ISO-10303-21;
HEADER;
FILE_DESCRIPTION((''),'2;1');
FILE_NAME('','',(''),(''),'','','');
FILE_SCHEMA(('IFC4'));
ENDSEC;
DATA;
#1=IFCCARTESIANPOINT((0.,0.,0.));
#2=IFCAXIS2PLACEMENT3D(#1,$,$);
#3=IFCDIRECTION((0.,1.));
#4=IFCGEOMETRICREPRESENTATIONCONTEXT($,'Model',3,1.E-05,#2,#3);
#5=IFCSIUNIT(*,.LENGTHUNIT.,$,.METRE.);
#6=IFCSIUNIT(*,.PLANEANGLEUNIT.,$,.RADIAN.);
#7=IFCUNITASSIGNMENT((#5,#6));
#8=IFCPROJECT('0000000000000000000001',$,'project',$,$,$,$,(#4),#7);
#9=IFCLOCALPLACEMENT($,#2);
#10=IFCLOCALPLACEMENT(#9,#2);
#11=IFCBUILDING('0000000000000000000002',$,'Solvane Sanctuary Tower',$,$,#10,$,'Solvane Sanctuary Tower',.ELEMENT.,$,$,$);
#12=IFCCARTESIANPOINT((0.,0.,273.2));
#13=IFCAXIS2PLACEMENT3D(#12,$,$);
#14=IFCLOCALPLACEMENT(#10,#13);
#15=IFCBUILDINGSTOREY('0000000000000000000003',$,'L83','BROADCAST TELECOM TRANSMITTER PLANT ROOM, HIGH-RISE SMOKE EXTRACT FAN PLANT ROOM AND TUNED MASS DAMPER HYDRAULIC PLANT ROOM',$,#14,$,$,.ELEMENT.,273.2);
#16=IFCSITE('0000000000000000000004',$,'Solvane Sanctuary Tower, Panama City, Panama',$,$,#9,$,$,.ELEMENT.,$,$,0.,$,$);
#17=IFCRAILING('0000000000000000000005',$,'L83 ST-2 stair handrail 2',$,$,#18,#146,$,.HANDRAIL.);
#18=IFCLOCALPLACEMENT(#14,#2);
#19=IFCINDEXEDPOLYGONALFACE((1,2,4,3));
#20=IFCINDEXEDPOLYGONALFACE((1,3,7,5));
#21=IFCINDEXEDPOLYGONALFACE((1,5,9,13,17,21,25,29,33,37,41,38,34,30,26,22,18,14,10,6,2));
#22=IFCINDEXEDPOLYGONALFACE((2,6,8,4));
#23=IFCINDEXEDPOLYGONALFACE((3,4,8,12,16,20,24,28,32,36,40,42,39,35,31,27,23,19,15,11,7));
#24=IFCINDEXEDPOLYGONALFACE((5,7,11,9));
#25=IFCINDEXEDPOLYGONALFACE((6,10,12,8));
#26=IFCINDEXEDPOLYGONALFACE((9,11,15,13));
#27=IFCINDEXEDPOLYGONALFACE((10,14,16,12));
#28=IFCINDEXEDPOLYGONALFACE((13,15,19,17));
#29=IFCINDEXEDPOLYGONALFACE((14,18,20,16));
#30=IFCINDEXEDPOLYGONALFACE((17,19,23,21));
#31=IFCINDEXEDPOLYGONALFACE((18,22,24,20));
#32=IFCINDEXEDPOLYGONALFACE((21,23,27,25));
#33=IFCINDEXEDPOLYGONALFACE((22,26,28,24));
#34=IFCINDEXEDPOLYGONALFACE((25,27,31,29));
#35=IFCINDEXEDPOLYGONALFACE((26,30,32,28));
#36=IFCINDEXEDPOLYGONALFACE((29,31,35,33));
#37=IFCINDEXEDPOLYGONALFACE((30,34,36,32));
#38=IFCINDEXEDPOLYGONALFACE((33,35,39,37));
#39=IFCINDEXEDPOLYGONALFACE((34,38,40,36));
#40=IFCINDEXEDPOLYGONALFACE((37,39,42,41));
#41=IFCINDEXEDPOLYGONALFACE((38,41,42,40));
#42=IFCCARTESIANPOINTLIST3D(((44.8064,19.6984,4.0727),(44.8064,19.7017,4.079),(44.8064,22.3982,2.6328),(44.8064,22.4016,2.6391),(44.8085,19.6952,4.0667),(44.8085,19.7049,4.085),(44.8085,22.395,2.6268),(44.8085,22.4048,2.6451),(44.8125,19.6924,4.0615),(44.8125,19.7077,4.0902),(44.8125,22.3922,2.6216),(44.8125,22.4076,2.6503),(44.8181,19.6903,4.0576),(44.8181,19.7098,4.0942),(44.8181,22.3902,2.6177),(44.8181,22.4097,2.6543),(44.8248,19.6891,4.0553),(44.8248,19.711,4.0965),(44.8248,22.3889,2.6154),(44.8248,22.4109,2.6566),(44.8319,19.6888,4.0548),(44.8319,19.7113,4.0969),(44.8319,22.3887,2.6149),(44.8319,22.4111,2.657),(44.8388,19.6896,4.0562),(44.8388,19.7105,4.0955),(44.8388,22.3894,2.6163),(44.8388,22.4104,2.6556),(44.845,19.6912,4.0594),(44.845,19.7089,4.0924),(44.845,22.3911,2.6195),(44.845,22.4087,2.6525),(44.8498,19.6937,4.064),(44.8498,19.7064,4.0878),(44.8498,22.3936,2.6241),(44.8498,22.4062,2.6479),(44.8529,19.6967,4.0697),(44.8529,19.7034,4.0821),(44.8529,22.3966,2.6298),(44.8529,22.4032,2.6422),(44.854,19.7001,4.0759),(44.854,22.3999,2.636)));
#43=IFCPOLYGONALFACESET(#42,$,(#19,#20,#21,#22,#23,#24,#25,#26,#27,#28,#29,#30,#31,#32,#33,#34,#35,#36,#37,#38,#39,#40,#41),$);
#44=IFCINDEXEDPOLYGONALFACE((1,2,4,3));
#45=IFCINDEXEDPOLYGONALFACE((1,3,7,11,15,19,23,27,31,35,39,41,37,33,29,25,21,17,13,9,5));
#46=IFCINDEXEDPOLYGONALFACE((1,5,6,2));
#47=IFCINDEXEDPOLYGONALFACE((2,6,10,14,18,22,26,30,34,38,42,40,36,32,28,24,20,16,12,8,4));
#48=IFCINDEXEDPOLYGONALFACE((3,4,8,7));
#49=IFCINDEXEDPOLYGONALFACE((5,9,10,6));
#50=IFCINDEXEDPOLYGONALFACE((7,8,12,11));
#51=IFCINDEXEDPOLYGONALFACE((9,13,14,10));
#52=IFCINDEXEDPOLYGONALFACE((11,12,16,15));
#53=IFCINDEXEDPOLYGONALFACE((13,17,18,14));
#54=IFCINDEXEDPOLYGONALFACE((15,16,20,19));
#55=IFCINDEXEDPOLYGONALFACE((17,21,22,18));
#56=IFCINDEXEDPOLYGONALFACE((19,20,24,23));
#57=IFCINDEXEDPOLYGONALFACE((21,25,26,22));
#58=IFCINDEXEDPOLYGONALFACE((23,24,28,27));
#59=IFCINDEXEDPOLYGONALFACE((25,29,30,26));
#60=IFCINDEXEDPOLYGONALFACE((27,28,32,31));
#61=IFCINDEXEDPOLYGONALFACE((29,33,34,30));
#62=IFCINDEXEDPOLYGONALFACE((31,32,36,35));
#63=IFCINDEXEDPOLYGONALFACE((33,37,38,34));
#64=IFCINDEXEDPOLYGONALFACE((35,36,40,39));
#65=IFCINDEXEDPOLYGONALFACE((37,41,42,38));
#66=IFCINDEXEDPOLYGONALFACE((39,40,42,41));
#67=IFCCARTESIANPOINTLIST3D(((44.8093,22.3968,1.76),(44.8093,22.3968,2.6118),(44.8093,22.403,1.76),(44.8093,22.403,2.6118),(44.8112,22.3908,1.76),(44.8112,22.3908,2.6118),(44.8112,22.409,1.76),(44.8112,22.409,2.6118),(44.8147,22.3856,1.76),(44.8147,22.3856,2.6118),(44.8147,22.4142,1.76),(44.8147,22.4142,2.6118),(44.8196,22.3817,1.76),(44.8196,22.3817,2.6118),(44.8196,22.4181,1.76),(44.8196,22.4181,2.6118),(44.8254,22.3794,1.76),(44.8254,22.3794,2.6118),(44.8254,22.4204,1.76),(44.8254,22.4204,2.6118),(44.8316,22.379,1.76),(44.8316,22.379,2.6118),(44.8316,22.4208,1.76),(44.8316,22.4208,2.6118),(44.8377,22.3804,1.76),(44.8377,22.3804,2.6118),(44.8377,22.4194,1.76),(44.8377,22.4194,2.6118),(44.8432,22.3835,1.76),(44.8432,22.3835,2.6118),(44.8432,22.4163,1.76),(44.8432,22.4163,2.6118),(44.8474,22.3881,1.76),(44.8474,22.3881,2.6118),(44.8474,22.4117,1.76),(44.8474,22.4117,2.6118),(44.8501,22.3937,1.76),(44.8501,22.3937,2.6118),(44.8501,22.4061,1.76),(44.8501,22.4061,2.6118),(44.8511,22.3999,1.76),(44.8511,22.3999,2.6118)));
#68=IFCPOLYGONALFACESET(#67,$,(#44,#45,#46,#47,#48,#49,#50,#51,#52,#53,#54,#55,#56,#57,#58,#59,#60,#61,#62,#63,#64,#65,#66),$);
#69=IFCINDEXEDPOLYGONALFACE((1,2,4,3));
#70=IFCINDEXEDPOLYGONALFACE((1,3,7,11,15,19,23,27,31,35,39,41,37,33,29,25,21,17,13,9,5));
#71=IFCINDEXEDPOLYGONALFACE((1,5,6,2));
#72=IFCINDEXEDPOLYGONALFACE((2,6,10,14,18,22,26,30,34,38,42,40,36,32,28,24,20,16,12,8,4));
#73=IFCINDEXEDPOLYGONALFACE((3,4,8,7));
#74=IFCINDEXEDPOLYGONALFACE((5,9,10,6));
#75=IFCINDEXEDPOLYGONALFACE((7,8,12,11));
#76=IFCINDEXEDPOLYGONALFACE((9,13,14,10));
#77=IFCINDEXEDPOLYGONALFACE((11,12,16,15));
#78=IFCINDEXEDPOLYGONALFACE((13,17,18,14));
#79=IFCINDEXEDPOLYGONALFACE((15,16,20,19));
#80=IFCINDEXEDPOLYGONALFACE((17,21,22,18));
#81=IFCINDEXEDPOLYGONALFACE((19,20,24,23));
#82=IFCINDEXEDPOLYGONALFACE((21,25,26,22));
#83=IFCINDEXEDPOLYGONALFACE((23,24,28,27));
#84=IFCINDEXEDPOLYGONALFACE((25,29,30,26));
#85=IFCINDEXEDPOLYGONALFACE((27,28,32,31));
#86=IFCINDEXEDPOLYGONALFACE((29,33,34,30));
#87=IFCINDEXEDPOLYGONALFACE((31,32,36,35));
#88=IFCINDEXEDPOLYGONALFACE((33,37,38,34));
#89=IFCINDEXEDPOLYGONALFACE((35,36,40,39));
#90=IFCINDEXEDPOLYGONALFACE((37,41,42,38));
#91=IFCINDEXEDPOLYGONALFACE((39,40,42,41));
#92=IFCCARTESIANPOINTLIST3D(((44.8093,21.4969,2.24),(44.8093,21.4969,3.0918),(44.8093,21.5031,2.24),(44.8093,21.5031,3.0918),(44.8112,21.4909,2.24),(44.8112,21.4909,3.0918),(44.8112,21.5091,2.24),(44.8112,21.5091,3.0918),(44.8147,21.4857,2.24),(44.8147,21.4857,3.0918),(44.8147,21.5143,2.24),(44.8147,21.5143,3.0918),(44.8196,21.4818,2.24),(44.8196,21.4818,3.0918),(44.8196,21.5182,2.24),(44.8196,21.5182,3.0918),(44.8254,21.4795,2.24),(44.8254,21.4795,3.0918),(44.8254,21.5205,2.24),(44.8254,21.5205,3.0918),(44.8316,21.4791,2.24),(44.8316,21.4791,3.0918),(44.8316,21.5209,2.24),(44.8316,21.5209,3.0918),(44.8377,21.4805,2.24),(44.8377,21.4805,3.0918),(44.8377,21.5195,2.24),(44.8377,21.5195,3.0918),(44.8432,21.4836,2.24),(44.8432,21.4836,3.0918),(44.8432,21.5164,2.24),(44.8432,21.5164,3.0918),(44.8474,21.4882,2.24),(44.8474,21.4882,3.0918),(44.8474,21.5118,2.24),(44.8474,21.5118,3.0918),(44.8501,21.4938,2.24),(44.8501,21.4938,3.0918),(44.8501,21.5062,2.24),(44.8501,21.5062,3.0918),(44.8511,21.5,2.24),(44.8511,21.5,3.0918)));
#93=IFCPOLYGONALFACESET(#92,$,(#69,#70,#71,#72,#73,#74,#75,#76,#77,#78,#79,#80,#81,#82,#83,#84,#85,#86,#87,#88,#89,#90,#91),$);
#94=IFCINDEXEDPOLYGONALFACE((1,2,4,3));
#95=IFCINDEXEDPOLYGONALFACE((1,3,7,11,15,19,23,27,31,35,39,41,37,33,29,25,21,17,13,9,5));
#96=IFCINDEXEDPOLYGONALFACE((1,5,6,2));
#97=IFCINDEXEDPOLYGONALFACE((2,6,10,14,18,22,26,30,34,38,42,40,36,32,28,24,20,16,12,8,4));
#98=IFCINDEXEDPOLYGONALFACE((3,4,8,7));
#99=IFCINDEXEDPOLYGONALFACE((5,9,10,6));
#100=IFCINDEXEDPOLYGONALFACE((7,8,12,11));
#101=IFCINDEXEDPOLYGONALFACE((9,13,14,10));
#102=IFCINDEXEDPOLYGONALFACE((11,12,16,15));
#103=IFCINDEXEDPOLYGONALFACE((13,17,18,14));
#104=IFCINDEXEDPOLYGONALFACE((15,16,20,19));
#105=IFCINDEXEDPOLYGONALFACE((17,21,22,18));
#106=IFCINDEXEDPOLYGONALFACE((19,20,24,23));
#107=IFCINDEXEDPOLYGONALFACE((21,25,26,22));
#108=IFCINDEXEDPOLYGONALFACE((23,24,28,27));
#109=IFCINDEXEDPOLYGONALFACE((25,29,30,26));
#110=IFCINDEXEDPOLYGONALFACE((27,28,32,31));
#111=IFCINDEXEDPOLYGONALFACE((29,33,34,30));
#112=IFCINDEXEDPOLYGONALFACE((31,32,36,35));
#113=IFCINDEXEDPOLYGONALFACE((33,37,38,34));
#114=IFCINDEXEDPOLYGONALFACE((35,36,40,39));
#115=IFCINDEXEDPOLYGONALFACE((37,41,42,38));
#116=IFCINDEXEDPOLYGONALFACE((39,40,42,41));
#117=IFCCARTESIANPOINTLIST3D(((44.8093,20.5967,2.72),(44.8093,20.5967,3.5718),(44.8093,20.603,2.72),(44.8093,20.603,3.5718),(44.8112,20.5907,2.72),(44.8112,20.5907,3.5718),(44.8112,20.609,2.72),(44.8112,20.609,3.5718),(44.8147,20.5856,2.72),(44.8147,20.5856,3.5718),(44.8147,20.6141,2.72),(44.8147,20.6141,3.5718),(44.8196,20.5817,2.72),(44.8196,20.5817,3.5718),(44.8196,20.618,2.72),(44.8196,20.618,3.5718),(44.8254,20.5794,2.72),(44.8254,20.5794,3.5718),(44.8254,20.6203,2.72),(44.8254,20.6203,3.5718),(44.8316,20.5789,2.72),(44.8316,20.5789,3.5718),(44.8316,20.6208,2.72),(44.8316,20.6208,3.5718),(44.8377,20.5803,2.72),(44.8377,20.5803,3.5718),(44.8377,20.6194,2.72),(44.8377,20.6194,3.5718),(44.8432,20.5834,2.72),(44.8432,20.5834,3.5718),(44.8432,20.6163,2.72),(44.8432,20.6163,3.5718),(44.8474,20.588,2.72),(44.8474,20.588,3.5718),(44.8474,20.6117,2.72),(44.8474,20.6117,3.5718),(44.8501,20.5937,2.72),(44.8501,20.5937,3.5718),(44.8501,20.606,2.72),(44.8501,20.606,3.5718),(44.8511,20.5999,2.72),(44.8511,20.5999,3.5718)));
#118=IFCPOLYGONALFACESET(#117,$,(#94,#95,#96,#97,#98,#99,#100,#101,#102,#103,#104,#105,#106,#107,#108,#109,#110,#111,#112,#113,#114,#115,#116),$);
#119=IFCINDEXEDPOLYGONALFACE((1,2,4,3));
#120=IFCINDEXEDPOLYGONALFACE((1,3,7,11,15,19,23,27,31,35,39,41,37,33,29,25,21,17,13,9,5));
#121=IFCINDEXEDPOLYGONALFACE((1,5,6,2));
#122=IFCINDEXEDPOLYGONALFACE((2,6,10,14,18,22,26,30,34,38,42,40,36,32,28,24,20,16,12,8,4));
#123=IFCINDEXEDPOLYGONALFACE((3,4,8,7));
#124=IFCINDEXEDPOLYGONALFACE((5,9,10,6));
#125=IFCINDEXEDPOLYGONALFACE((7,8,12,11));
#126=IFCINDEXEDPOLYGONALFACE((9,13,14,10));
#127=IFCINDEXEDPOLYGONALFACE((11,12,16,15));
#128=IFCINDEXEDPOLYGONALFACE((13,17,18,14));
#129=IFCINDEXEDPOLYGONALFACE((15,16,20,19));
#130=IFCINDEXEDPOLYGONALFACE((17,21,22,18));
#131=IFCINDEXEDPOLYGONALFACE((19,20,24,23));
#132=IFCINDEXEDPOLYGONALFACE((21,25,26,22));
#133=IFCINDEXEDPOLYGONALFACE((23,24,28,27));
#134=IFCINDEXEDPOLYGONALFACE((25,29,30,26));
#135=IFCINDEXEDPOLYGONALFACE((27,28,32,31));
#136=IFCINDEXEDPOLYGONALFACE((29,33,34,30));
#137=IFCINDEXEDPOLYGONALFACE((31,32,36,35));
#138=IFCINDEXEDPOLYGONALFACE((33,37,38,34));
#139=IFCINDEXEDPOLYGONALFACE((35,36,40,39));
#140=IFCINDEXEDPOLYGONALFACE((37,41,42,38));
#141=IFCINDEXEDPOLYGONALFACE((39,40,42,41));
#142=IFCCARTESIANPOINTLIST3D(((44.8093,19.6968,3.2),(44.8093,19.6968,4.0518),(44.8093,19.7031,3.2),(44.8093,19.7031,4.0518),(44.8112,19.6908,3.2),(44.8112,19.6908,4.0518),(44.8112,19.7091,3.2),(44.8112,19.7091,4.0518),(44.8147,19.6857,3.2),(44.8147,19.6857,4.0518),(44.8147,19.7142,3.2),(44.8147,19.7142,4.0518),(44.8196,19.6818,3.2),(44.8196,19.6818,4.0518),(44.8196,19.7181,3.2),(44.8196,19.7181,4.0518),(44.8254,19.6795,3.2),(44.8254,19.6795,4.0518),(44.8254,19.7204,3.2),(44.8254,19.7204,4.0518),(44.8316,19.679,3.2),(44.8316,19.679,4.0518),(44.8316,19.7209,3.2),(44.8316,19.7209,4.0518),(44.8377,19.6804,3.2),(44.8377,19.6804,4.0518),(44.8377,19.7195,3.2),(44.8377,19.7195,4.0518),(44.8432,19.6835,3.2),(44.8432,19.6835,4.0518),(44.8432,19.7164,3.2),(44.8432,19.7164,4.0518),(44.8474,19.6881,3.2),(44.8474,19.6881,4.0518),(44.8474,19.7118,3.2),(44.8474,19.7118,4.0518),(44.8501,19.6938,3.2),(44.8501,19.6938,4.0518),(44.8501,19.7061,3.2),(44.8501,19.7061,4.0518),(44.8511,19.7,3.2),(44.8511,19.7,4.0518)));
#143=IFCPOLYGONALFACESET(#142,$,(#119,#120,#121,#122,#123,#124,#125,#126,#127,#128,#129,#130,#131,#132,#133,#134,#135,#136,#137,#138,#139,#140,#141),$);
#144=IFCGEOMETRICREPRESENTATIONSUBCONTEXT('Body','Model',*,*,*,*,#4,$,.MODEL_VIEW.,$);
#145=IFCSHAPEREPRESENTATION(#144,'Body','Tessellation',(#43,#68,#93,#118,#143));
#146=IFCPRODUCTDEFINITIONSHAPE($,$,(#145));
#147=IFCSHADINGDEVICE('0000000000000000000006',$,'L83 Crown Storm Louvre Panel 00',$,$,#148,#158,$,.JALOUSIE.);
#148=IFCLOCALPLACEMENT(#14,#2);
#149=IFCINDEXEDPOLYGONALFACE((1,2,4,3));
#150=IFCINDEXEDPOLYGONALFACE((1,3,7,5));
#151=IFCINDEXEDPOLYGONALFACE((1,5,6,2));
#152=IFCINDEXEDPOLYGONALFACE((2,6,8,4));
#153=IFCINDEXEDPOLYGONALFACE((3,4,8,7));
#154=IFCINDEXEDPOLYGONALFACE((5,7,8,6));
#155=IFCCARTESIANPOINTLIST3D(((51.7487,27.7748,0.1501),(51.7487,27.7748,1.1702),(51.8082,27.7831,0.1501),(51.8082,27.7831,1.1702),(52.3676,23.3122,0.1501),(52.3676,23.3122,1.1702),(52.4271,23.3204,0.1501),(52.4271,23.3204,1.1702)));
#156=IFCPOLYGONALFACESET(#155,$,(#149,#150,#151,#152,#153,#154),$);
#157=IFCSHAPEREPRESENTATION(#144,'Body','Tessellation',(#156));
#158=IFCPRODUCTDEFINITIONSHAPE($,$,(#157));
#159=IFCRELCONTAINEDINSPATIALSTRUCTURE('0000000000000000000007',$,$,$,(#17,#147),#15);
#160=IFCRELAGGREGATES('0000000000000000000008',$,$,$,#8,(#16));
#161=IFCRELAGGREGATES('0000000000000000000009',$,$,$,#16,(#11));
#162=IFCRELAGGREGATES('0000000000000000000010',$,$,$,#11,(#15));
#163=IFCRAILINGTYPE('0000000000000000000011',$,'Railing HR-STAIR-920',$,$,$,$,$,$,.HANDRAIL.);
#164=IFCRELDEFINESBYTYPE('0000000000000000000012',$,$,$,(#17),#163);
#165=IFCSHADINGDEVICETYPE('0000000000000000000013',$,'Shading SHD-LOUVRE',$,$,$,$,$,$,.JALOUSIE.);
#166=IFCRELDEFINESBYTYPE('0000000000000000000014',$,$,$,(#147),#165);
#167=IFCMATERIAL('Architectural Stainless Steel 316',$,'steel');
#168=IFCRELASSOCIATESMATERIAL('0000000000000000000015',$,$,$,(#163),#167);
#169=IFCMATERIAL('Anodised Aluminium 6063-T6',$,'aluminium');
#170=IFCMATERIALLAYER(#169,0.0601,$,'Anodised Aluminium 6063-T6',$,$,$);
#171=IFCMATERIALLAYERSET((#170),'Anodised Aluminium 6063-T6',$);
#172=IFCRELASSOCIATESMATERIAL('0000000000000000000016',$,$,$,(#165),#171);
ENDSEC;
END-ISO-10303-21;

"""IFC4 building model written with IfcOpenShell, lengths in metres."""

from ifc_helpers import new_model, si_unit, direction, frame, origin, origin_2d, place, context, subcontext, project, spatial, rectangle, circle, extrude, material, layer, layer_set, type_object, element, save


model = new_model("IFC4")

# Units and contexts
model_context = context("Model", 3, precision=1e-05, world=origin(), true_north=direction((0.0, 1.0)))
body_context = subcontext(model_context, "Body", "Model", "MODEL_VIEW")
ifc_project = project(units=[si_unit("LENGTHUNIT", "METRE"), si_unit("PLANEANGLEUNIT", "RADIAN")], contexts=[model_context])

# Site, building, storey
site_placement = place(None, origin())
site = spatial("IfcSite", under=ifc_project, at=site_placement, Name="Solvane Sanctuary Tower, Panama City, Panama", CompositionType="ELEMENT", RefElevation=0.0)
building_placement = place(site_placement, origin())
building = spatial("IfcBuilding", under=site, at=building_placement, Name="Solvane Sanctuary Tower", LongName="Solvane Sanctuary Tower", CompositionType="ELEMENT")
storey_placement = place(building_placement, frame((0.0, 0.0, 273.2)))
storey = spatial("IfcBuildingStorey", under=building, at=storey_placement, Name="L83", Description="BROADCAST TELECOM TRANSMITTER PLANT ROOM, HIGH-RISE SMOKE EXTRACT FAN PLANT ROOM AND TUNED MASS DAMPER HYDRAULIC PLANT ROOM", CompositionType="ELEMENT", Elevation=273.2)

# Shared definitions
ifc_material_1 = material(Name="Anodised Aluminium 6063-T6", Category="aluminium")

# Shared definitions
ifc_material_2 = material(Name="Architectural Stainless Steel 316", Category="steel")

# Railing
railing_type_1 = type_object("IfcRailingType", Name="Railing HR-STAIR-920", PredefinedType="HANDRAIL", material=ifc_material_2)
railing_1_placement = place(storey_placement, frame((44.8301, 22.3999, 1.76)))
element("IfcRailing", 1, at=railing_1_placement, inside=storey, type_object=railing_type_1, Name="L83 ST-2 stair handrail 2", PredefinedType="HANDRAIL", context=body_context, shape_type="SweptSolid", body=[
    extrude(circle(Radius=0.0239, at=origin_2d()), frame((0.0, 0.0, 0.876), z_axis=(0.0, -0.882357, 0.47058), x_axis=(1.0, 0.0, 0.0)), (0.0, 0.0, 1.0), 3.0598),
    extrude(circle(Radius=0.021, at=origin_2d()), origin(), (0.0, 0.0, 1.0), 0.8518),
    extrude(circle(Radius=0.021, at=origin_2d()), frame((0.0, -0.8999, 0.48)), (0.0, 0.0, 1.0), 0.8518),
    extrude(circle(Radius=0.021, at=origin_2d()), frame((0.0, -1.8, 0.96)), (0.0, 0.0, 1.0), 0.8518),
    extrude(circle(Radius=0.021, at=origin_2d()), frame((0.0, -2.7, 1.4399)), (0.0, 0.0, 1.0), 0.8518),
])

# Shading device
ifc_layer_1 = layer(ifc_material_1, 0.0601, Name="Anodised Aluminium 6063-T6")
ifc_layer_set_1 = layer_set([ifc_layer_1], Name="Anodised Aluminium 6063-T6")
shading_device_type = type_object("IfcShadingDeviceType", Name="Shading SHD-LOUVRE", PredefinedType="JALOUSIE", material=ifc_layer_set_1)
shading_device_placement = place(storey_placement, frame((52.0879, 25.5476, 0.1501), z_axis=(0.0, 0.0, 1.0), x_axis=(-0.137384, 0.990518, 0.0)))
element("IfcShadingDevice", 2, at=shading_device_placement, inside=storey, type_object=shading_device_type, Name="L83 Crown Storm Louvre Panel 00", PredefinedType="JALOUSIE", context=body_context, shape_type="SweptSolid", body=[
    extrude(rectangle(XDim=4.5054, YDim=0.0601, at=origin_2d()), origin(), (0.0, 0.0, 1.0), 1.02),
])

save(model, "model.ifc")
